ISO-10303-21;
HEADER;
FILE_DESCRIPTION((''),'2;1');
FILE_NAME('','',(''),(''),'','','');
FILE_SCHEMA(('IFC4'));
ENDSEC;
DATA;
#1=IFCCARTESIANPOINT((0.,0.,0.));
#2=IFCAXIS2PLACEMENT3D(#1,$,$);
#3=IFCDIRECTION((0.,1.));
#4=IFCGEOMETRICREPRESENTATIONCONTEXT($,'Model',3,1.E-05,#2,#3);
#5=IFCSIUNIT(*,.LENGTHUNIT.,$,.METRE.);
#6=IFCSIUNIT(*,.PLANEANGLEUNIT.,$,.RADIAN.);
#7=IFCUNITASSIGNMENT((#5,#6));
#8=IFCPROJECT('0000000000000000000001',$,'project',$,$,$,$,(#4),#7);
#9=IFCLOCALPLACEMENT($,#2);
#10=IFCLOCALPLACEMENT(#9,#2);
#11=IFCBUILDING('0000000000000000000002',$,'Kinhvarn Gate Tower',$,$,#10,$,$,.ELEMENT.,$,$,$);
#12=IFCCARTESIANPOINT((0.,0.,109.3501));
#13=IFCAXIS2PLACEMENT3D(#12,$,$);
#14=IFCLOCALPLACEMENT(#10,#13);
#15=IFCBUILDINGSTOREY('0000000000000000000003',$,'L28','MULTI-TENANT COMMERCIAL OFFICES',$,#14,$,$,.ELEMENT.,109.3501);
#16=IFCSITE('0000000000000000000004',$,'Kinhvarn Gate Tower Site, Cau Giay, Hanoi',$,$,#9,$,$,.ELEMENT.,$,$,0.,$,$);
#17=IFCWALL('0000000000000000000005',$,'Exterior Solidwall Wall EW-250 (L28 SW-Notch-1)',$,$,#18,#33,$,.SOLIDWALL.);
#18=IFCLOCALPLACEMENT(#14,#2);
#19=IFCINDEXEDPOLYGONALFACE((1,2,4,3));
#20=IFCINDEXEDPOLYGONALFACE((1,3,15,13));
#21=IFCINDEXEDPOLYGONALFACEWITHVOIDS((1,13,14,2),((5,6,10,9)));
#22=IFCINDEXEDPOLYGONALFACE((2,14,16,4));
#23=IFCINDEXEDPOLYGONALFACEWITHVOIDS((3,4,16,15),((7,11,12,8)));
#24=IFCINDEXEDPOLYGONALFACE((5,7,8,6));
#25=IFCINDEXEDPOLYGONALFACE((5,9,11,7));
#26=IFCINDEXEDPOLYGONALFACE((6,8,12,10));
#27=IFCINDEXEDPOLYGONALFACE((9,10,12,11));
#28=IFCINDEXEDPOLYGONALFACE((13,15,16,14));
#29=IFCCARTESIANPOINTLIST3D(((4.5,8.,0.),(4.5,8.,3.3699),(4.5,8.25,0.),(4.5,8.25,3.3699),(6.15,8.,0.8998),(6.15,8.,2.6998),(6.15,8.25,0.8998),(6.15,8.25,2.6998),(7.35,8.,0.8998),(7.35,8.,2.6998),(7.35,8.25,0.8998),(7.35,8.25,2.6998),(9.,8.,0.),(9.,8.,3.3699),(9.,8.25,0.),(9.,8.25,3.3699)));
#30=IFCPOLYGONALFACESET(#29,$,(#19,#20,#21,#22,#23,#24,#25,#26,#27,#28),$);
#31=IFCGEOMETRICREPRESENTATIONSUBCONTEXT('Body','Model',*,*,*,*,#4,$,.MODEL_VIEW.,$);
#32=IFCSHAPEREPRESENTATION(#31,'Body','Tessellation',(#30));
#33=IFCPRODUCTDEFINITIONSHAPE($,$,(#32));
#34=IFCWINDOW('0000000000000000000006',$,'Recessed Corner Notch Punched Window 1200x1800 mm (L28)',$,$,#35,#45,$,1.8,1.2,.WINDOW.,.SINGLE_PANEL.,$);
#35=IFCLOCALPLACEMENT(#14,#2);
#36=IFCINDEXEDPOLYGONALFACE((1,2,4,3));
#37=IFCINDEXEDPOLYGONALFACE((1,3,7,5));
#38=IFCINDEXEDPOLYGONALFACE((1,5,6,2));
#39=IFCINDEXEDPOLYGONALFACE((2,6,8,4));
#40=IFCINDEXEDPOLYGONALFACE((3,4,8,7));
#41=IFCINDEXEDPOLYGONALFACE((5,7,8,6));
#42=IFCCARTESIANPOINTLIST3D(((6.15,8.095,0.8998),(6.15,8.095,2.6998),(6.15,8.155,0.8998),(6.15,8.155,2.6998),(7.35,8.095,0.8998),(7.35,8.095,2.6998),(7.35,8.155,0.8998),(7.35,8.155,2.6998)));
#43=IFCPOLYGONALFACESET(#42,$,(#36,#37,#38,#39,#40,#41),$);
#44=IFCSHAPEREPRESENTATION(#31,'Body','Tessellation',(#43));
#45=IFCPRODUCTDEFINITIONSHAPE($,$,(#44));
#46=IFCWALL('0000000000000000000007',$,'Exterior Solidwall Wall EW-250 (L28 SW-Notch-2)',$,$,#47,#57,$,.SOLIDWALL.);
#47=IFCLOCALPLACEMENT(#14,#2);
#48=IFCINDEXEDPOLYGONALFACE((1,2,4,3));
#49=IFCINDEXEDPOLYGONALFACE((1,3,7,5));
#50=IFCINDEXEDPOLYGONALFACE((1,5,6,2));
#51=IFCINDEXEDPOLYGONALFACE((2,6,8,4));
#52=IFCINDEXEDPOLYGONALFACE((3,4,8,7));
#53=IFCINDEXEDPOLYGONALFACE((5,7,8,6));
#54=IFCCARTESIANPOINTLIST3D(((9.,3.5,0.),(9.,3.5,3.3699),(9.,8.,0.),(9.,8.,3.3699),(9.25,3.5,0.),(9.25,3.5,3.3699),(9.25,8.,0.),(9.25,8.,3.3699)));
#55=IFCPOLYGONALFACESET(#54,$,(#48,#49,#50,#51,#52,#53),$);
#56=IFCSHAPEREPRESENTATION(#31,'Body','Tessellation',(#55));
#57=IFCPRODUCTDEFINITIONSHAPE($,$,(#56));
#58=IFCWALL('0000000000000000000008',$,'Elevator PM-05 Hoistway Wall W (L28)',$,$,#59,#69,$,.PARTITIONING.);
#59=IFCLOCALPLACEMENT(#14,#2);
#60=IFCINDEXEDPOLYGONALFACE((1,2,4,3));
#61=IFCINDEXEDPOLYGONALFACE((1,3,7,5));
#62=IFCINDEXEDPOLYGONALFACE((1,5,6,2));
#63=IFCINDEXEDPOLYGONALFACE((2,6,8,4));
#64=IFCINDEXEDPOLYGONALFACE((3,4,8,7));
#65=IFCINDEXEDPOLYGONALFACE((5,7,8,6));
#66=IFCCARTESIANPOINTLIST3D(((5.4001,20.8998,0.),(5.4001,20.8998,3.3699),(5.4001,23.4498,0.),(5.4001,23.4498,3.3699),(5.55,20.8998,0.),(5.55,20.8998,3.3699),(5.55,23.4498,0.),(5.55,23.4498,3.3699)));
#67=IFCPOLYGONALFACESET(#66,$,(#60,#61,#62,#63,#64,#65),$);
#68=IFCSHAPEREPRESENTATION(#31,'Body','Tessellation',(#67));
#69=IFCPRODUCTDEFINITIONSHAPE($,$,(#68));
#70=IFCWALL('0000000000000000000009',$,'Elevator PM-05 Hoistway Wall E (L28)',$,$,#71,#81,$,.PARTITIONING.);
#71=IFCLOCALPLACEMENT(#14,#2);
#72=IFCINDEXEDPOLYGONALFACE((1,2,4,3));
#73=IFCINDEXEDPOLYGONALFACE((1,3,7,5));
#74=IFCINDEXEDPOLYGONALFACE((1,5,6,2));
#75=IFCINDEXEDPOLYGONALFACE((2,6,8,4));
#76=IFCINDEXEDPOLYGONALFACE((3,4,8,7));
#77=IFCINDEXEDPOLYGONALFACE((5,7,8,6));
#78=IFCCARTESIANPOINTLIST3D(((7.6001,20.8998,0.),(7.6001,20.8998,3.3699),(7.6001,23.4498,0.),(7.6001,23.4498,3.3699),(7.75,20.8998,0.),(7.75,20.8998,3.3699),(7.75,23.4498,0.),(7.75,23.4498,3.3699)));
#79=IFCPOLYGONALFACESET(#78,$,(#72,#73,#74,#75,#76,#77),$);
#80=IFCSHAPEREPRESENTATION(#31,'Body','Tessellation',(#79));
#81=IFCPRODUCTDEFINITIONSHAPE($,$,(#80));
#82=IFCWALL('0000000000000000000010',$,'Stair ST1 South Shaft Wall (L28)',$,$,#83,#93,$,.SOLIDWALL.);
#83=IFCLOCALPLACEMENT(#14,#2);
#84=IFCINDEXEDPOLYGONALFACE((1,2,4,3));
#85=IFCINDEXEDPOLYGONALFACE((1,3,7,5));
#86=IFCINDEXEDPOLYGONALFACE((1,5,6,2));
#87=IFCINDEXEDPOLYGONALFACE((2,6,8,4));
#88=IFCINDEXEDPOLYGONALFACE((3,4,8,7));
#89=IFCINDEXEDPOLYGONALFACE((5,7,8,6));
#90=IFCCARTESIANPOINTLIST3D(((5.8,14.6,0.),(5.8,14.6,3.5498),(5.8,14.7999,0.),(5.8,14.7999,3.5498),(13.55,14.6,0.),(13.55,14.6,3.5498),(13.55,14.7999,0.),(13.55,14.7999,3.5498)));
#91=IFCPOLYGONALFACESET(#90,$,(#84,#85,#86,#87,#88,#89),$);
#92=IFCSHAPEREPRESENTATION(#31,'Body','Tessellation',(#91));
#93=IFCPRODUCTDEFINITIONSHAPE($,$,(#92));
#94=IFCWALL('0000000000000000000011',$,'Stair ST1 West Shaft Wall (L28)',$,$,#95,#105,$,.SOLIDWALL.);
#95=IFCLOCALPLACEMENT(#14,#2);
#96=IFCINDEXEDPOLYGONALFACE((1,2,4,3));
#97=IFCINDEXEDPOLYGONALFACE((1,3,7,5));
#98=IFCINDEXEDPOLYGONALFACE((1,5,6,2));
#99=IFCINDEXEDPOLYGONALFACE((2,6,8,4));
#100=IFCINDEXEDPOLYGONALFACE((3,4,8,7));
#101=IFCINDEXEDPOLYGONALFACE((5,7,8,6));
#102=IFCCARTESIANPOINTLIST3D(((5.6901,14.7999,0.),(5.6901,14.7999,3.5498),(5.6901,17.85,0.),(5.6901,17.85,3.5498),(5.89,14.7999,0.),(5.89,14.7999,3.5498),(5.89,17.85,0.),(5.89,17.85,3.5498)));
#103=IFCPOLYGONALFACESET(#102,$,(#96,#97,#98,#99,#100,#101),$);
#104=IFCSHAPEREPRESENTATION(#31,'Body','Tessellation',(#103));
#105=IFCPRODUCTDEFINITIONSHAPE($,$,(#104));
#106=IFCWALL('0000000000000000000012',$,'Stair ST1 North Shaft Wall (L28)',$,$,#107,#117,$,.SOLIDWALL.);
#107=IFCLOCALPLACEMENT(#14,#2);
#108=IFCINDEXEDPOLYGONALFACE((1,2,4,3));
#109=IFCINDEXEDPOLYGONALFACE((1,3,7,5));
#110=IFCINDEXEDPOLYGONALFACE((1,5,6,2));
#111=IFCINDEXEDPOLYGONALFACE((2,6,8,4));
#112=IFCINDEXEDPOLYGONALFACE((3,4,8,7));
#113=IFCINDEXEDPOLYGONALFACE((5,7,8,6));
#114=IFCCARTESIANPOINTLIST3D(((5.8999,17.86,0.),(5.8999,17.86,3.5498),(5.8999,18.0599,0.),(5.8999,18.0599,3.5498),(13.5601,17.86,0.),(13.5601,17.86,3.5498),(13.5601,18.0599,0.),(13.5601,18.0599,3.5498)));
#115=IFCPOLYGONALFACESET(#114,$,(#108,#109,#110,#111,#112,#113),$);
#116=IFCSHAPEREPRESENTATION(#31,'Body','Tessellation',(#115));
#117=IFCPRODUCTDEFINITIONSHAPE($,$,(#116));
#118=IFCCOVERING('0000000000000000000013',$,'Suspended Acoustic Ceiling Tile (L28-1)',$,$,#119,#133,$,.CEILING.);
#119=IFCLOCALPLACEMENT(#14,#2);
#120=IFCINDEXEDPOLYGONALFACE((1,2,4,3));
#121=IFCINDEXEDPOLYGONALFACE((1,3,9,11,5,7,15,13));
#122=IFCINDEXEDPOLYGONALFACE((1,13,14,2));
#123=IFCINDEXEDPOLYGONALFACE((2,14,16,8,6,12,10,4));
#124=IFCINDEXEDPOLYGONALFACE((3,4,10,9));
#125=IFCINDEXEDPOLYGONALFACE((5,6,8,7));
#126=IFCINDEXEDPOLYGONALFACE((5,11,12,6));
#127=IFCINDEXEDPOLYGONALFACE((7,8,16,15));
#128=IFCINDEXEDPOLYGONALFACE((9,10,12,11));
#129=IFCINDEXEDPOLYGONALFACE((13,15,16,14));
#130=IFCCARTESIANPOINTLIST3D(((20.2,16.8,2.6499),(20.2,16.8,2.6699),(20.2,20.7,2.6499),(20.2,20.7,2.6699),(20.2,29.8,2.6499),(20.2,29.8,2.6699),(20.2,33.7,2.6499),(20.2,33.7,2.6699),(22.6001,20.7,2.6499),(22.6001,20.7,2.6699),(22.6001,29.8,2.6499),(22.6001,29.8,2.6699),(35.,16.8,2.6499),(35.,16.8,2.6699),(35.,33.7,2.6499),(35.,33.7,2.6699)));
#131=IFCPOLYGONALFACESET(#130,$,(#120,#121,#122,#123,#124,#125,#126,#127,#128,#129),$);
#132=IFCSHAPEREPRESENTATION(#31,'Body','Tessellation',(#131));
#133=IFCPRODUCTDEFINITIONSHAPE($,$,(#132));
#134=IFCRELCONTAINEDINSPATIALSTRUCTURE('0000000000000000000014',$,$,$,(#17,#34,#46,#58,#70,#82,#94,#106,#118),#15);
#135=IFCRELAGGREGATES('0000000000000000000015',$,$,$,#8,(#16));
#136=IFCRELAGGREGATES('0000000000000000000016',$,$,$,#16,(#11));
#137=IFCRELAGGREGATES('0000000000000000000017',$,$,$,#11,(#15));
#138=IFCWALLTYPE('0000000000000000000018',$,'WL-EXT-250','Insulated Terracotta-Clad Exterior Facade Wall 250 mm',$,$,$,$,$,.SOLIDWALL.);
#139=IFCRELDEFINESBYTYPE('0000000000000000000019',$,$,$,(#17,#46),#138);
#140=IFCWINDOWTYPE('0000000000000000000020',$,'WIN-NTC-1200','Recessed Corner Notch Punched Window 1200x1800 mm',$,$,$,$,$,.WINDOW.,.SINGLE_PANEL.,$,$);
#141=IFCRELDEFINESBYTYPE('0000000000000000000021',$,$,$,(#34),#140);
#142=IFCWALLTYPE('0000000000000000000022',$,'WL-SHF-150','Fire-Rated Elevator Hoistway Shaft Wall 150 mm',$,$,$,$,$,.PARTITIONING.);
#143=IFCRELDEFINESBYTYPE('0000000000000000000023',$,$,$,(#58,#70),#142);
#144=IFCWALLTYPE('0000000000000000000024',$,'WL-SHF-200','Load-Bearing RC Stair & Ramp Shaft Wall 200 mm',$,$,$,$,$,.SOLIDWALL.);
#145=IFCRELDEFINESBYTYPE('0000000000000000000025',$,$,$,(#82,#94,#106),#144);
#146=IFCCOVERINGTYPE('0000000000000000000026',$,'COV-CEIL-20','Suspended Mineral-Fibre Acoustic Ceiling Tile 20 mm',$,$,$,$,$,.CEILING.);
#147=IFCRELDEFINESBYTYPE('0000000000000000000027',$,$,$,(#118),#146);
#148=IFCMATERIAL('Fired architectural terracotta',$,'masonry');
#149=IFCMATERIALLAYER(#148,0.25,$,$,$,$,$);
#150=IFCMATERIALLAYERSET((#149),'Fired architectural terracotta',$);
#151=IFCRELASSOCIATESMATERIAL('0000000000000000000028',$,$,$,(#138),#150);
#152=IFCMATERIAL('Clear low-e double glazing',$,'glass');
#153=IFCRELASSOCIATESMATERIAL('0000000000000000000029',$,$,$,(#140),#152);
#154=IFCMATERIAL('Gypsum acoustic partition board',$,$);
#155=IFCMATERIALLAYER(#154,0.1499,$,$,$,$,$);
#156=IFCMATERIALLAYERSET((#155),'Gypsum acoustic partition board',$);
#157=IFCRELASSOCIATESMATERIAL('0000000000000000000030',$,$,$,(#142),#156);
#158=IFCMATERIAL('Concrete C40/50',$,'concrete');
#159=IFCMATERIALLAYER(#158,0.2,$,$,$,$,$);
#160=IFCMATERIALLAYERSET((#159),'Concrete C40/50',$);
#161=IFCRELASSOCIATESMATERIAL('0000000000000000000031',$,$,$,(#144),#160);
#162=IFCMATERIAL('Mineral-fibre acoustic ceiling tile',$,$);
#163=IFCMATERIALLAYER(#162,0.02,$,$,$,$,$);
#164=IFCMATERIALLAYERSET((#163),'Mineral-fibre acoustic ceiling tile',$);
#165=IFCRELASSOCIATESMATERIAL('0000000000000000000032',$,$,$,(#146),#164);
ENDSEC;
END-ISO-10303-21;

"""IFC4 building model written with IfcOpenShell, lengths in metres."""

from ifc_helpers import new_model, si_unit, direction, frame, frame_2d, origin, place, context, subcontext, project, spatial, polyline, rectangle, outline, extrude, material, layer, layer_set, type_object, element, fill, save


model = new_model("IFC4")

# Units and contexts
model_context = context("Model", 3, precision=1e-05, world=origin(), true_north=direction((0.0, 1.0)))
body_context = subcontext(model_context, "Body", "Model", "MODEL_VIEW")
ifc_project = project(units=[si_unit("LENGTHUNIT", "METRE"), si_unit("PLANEANGLEUNIT", "RADIAN")], contexts=[model_context])

# Site, building, storey
site_placement = place(None, origin())
site = spatial("IfcSite", under=ifc_project, at=site_placement, Name="Kinhvarn Gate Tower Site, Cau Giay, Hanoi", CompositionType="ELEMENT", RefElevation=0.0)
building_placement = place(site_placement, origin())
building = spatial("IfcBuilding", under=site, at=building_placement, Name="Kinhvarn Gate Tower", CompositionType="ELEMENT")
storey_placement = place(building_placement, frame((0.0, 0.0, 109.3501)))
storey = spatial("IfcBuildingStorey", under=building, at=storey_placement, Name="L28", Description="MULTI-TENANT COMMERCIAL OFFICES", CompositionType="ELEMENT", Elevation=109.3501)

# Wall, opening, window
ifc_material_1 = material(Name="Fired architectural terracotta", Category="masonry")
ifc_layer_1 = layer(ifc_material_1, 0.25)
ifc_layer_set_1 = layer_set([ifc_layer_1], Name="Fired architectural terracotta")
wall_type_1 = type_object("IfcWallType", Name="WL-EXT-250", Description="Insulated Terracotta-Clad Exterior Facade Wall 250 mm", PredefinedType="SOLIDWALL", material=ifc_layer_set_1)
ifc_material_2 = material(Name="Clear low-e double glazing", Category="glass")
wall_1_placement = place(storey_placement, frame((4.5, 8.125, 0.0), z_axis=(0.0, 0.0, 1.0), x_axis=(1.0, 0.0, 0.0)))
wall_1 = element("IfcWall", 1, at=wall_1_placement, inside=storey, type_object=wall_type_1, Name="Exterior Solidwall Wall EW-250 (L28 SW-Notch-1)", PredefinedType="SOLIDWALL", context=body_context, shape_type="SweptSolid", body=[
    extrude(rectangle(XDim=4.5, YDim=0.25, at=frame_2d((2.25, 0.0))), origin(), (0.0, 0.0, 1.0), 3.3699),
])
opening_1_placement = place(wall_1_placement, frame((1.6499, 0.0, 0.8999)))
opening_1 = element("IfcOpeningElement", 2, at=opening_1_placement, cuts=wall_1, PredefinedType="OPENING", context=body_context, shape_type="SweptSolid", body=[
    extrude(rectangle(XDim=1.2, YDim=1.8, at=frame_2d((0.6001, 0.8999))), frame((0.0, 0.135, 0.0), z_axis=(0.0, -1.0, 0.0), x_axis=(1.0, 0.0, 0.0)), (0.0, 0.0, 1.0), 0.27),
])
window_type_1 = type_object("IfcWindowType", Name="WIN-NTC-1200", Description="Recessed Corner Notch Punched Window 1200x1800 mm", PartitioningType="SINGLE_PANEL", PredefinedType="WINDOW", material=ifc_material_2)
window_1_placement = place(opening_1_placement, origin())
window_1 = element("IfcWindow", 3, at=window_1_placement, inside=storey, type_object=window_type_1, Name="Recessed Corner Notch Punched Window 1200x1800 mm (L28)", OverallHeight=1.8, OverallWidth=1.2, PartitioningType="SINGLE_PANEL", PredefinedType="WINDOW", context=body_context, shape_type="SweptSolid", body=[
    extrude(rectangle(XDim=1.2, YDim=1.8, at=frame_2d((0.6001, 0.8999))), frame((0.0, 0.03, 0.0), z_axis=(0.0, -1.0, 0.0), x_axis=(1.0, 0.0, 0.0)), (0.0, 0.0, 1.0), 0.0601),
])
fill(opening_1, window_1)

# Walls
wall_2_placement = place(storey_placement, frame((9.125, 8.0, 0.0), z_axis=(0.0, 0.0, 1.0), x_axis=(0.0, -1.0, 0.0)))
element("IfcWall", 4, at=wall_2_placement, inside=storey, type_object=wall_type_1, Name="Exterior Solidwall Wall EW-250 (L28 SW-Notch-2)", PredefinedType="SOLIDWALL", context=body_context, shape_type="SweptSolid", body=[
    extrude(rectangle(XDim=4.5, YDim=0.25, at=frame_2d((2.25, 0.0))), origin(), (0.0, 0.0, 1.0), 3.3699),
])
ifc_material_3 = material(Name="Gypsum acoustic partition board")
ifc_layer_2 = layer(ifc_material_3, 0.1499)
ifc_layer_set_2 = layer_set([ifc_layer_2], Name="Gypsum acoustic partition board")
wall_type_2 = type_object("IfcWallType", Name="WL-SHF-150", Description="Fire-Rated Elevator Hoistway Shaft Wall 150 mm", PredefinedType="PARTITIONING", material=ifc_layer_set_2)
for number, where, z_axis, x_axis, name in (
    (5, (5.4751, 20.8999, 0.0), (0.0, 0.0, 1.0), (0.0, 1.0, 0.0), "Elevator PM-05 Hoistway Wall W (L28)"),
    (6, (7.675, 20.8999, 0.0), (0.0, 0.0, 1.0), (0.0, 1.0, 0.0), "Elevator PM-05 Hoistway Wall E (L28)"),
):
    element("IfcWall", number, at=place(storey_placement, frame(where, z_axis=z_axis, x_axis=x_axis)), inside=storey, type_object=wall_type_2, Name=name, PredefinedType="PARTITIONING", context=body_context, shape_type="SweptSolid", body=[
        extrude(rectangle(XDim=2.55, YDim=0.1499, at=frame_2d((1.2749, 0.0))), origin(), (0.0, 0.0, 1.0), 3.3699),
    ])
ifc_material_4 = material(Name="Concrete C40/50", Category="concrete")
ifc_layer_3 = layer(ifc_material_4, 0.2)
ifc_layer_set_3 = layer_set([ifc_layer_3], Name="Concrete C40/50")
wall_type_3 = type_object("IfcWallType", Name="WL-SHF-200", Description="Load-Bearing RC Stair & Ramp Shaft Wall 200 mm", PredefinedType="SOLIDWALL", material=ifc_layer_set_3)
wall_3_placement = place(storey_placement, frame((5.8, 14.7, 0.0), z_axis=(0.0, 0.0, 1.0), x_axis=(1.0, 0.0, 0.0)))
element("IfcWall", 7, at=wall_3_placement, inside=storey, type_object=wall_type_3, Name="Stair ST1 South Shaft Wall (L28)", PredefinedType="SOLIDWALL", context=body_context, shape_type="SweptSolid", body=[
    extrude(rectangle(XDim=7.75, YDim=0.2, at=frame_2d((3.875, 0.0))), origin(), (0.0, 0.0, 1.0), 3.5498),
])
wall_4_placement = place(storey_placement, frame((5.79, 14.8, 0.0), z_axis=(0.0, 0.0, 1.0), x_axis=(0.0, 1.0, 0.0)))
element("IfcWall", 8, at=wall_4_placement, inside=storey, type_object=wall_type_3, Name="Stair ST1 West Shaft Wall (L28)", PredefinedType="SOLIDWALL", context=body_context, shape_type="SweptSolid", body=[
    extrude(rectangle(XDim=3.05, YDim=0.2, at=frame_2d((1.5249, 0.0))), origin(), (0.0, 0.0, 1.0), 3.5498),
])
wall_5_placement = place(storey_placement, frame((5.8999, 17.96, 0.0), z_axis=(0.0, 0.0, 1.0), x_axis=(1.0, 0.0, 0.0)))
element("IfcWall", 9, at=wall_5_placement, inside=storey, type_object=wall_type_3, Name="Stair ST1 North Shaft Wall (L28)", PredefinedType="SOLIDWALL", context=body_context, shape_type="SweptSolid", body=[
    extrude(rectangle(XDim=7.6602, YDim=0.2, at=frame_2d((3.8301, 0.0))), origin(), (0.0, 0.0, 1.0), 3.5498),
])

# Covering
ifc_material_5 = material(Name="Mineral-fibre acoustic ceiling tile")
ifc_layer_4 = layer(ifc_material_5, 0.02)
ifc_layer_set_4 = layer_set([ifc_layer_4], Name="Mineral-fibre acoustic ceiling tile")
covering_type = type_object("IfcCoveringType", Name="COV-CEIL-20", Description="Suspended Mineral-Fibre Acoustic Ceiling Tile 20 mm", PredefinedType="CEILING", material=ifc_layer_set_4)
covering_placement = place(storey_placement, frame((0.0, 0.0, 2.6499)))
element("IfcCovering", 10, at=covering_placement, inside=storey, type_object=covering_type, Name="Suspended Acoustic Ceiling Tile (L28-1)", PredefinedType="CEILING", context=body_context, shape_type="SweptSolid", body=[
    extrude(outline(polyline([(35.0, 33.7), (35.0, 16.8), (20.2, 16.8), (20.2, 20.7), (22.6001, 20.7), (22.6001, 29.8), (20.2, 29.8), (20.2, 33.7), (35.0, 33.7)])), origin(), (0.0, 0.0, 1.0), 0.02),
])

save(model, "model.ifc")
